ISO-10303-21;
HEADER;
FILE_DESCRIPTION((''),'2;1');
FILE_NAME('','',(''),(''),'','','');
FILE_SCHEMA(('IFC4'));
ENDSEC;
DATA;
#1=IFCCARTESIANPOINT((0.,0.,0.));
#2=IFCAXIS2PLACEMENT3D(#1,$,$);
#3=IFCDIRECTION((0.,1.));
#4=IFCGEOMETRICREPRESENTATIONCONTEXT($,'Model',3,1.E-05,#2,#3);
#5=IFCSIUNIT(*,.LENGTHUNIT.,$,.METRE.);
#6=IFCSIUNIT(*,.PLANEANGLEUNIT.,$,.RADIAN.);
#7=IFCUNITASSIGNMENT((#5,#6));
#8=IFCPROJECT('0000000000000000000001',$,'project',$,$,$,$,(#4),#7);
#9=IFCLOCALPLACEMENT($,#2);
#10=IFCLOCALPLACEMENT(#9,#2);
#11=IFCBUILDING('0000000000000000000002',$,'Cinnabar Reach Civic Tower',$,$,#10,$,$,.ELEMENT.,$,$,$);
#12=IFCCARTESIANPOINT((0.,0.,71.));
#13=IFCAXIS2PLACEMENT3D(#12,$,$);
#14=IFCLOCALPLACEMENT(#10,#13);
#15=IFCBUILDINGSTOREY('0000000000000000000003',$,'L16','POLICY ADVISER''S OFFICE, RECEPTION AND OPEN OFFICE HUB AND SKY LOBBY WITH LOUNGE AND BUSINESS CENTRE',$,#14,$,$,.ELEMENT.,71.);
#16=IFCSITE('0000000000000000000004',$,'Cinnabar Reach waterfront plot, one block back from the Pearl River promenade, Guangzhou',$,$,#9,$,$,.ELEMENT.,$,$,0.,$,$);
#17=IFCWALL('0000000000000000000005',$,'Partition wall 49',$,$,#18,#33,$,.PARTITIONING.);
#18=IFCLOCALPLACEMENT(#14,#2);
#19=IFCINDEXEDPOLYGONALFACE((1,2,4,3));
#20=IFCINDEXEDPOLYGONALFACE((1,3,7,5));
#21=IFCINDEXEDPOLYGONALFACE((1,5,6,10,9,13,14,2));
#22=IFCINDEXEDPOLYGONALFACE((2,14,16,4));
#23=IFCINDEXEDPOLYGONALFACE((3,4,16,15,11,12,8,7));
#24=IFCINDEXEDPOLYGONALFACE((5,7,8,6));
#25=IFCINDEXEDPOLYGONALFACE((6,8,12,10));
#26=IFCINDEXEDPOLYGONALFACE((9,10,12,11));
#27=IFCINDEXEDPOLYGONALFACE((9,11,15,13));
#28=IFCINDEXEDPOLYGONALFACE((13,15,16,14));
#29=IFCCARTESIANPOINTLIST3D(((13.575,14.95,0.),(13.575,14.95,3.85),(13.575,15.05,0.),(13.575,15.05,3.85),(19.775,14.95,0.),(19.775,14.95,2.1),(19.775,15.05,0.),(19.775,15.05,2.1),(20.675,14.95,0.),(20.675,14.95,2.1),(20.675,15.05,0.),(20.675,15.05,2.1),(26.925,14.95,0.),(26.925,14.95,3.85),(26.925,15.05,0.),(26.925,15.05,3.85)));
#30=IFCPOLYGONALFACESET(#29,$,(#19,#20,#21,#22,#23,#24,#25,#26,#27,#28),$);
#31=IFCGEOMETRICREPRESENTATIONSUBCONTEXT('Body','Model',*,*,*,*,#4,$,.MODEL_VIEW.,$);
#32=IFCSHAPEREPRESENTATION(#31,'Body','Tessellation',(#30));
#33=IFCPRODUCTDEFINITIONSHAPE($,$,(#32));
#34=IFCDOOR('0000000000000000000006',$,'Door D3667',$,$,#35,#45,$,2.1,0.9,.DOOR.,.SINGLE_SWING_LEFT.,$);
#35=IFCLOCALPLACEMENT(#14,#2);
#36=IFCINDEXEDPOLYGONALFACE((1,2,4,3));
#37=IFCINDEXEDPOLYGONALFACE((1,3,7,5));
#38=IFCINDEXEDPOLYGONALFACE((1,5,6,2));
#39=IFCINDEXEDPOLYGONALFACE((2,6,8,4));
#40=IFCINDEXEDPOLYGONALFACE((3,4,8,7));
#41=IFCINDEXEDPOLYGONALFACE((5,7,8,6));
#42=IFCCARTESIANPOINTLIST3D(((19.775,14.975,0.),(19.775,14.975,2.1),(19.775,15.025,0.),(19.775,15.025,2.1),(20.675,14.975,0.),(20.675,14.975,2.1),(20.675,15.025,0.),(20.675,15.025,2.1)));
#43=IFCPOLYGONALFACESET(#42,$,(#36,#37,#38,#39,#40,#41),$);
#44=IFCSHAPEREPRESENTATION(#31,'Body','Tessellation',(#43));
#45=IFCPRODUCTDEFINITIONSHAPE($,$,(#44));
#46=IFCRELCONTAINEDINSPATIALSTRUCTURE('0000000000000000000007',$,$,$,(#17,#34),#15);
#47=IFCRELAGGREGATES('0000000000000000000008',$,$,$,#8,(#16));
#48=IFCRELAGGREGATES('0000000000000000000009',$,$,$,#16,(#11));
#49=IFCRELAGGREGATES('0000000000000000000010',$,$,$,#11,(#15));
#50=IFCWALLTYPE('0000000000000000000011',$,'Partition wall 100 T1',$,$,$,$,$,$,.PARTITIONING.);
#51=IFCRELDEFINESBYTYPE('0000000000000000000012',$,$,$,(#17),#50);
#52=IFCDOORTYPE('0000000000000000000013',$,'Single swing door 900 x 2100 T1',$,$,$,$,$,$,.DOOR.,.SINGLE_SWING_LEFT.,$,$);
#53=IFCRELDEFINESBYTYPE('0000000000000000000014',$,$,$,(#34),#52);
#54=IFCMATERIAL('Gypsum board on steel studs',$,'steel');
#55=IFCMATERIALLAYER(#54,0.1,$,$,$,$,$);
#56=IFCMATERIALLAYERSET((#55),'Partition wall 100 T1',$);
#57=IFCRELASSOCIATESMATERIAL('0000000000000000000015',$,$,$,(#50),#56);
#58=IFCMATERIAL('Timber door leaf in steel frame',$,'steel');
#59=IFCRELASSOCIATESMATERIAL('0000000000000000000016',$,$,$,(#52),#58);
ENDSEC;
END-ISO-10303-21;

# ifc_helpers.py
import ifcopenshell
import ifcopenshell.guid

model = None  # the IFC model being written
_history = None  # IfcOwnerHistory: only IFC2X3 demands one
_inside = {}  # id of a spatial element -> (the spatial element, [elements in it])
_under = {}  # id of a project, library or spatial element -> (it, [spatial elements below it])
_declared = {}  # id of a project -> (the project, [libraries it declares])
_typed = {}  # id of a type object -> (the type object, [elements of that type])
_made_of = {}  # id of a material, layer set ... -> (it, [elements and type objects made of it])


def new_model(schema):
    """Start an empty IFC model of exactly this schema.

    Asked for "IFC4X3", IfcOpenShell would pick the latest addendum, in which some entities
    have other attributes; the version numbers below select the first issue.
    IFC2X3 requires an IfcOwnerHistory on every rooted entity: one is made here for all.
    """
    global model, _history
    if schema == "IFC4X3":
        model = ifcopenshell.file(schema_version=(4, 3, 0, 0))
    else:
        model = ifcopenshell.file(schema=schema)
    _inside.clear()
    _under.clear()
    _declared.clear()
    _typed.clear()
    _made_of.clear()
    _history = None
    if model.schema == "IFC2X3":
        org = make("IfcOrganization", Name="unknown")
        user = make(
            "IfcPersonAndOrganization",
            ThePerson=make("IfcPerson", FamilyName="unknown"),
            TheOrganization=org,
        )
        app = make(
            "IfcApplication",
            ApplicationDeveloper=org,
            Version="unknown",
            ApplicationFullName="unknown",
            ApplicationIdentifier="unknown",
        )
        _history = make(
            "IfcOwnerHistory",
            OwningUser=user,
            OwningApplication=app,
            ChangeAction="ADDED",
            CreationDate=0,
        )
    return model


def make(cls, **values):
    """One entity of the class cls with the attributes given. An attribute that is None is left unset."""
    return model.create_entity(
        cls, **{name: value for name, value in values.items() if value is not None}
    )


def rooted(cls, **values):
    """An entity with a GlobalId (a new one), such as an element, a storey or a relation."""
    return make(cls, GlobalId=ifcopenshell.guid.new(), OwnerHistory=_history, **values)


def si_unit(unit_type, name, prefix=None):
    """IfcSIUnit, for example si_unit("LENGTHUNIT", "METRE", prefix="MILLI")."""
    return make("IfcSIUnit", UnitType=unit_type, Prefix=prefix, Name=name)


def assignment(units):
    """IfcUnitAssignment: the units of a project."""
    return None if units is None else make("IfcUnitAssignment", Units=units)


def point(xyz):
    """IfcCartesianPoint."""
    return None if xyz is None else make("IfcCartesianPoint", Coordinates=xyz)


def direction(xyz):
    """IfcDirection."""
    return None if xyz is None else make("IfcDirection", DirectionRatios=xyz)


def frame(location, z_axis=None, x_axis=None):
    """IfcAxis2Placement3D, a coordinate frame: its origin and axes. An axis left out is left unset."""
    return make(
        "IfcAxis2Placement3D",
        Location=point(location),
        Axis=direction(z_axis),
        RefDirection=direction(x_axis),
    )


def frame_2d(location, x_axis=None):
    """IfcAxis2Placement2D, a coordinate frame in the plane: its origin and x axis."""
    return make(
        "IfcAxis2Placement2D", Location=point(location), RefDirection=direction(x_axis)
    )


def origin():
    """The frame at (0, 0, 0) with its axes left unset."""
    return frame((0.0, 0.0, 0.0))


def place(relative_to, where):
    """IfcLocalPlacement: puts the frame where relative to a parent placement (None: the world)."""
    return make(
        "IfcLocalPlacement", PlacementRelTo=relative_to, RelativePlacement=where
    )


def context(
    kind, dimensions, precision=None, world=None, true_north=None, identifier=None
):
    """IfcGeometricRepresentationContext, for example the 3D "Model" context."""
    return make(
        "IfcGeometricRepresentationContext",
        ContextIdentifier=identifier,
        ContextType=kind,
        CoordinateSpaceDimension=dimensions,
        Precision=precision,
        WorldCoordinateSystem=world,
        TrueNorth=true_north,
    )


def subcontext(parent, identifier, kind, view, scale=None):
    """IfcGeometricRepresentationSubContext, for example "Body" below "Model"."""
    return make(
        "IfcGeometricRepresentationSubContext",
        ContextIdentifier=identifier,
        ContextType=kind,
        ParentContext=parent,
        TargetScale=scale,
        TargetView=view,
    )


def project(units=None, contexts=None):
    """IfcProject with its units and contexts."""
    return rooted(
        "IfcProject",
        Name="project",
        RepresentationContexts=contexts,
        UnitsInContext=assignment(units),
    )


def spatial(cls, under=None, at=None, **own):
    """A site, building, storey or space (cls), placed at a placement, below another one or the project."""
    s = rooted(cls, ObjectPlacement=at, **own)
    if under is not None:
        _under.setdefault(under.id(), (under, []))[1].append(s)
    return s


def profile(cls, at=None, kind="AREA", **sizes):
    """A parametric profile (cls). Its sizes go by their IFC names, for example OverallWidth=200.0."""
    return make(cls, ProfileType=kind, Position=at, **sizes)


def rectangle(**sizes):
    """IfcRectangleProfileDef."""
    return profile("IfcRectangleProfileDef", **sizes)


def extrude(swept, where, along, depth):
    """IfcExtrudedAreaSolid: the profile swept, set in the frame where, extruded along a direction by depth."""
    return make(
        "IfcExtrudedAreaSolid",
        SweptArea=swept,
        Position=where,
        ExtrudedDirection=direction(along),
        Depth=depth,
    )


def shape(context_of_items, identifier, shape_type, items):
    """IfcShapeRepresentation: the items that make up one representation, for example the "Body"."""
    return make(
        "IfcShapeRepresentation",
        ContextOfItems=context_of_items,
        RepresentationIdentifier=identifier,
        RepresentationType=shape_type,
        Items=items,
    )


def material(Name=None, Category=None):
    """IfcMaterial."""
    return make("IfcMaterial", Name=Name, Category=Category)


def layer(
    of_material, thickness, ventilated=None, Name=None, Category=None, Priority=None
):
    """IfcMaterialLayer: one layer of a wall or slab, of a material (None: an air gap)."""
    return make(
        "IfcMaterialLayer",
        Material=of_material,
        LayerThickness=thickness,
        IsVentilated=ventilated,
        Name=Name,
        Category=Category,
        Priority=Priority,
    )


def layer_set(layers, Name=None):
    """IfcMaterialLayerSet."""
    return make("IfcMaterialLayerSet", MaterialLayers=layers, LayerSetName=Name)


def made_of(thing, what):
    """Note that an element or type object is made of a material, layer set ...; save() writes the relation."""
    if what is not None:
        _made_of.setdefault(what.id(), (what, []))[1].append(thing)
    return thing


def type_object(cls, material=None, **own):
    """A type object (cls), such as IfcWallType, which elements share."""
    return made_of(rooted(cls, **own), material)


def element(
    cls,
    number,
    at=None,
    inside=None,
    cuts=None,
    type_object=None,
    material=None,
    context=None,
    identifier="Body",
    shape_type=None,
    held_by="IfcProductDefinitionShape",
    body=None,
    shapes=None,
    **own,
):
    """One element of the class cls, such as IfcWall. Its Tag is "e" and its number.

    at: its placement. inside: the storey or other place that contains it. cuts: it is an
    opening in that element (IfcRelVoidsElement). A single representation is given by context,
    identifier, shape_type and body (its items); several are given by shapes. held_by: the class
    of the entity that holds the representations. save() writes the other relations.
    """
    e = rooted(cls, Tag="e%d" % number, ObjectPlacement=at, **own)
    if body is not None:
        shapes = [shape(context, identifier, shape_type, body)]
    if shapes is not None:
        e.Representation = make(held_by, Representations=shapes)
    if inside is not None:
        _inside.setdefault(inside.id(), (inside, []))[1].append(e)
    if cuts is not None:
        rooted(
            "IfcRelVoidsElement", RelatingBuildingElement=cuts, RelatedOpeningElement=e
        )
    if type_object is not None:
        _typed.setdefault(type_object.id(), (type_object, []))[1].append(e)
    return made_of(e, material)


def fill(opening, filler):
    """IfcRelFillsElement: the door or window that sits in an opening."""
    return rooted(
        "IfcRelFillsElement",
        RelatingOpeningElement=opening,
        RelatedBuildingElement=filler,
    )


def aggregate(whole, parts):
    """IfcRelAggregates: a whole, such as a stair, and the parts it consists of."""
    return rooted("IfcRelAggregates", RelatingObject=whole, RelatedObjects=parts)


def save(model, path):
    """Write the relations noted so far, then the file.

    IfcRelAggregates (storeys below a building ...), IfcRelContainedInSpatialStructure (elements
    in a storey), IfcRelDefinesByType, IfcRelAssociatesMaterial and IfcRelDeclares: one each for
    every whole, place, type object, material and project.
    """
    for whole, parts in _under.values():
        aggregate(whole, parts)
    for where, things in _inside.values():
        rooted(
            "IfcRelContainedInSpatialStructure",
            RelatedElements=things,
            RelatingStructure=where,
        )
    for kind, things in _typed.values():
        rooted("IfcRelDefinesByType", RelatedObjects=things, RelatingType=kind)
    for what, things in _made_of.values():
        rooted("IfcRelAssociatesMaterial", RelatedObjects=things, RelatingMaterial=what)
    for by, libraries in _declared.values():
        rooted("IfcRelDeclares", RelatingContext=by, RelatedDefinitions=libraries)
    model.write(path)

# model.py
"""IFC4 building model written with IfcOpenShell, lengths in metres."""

from ifc_helpers import new_model, si_unit, direction, frame, frame_2d, origin, place, context, subcontext, project, spatial, rectangle, extrude, material, layer, layer_set, type_object, element, fill, save


model = new_model("IFC4")

# Units and contexts
model_context = context("Model", 3, precision=1e-05, world=origin(), true_north=direction((0.0, 1.0)))
body_context = subcontext(model_context, "Body", "Model", "MODEL_VIEW")
ifc_project = project(units=[si_unit("LENGTHUNIT", "METRE"), si_unit("PLANEANGLEUNIT", "RADIAN")], contexts=[model_context])

# Site, building, storey
site_placement = place(None, origin())
site = spatial("IfcSite", under=ifc_project, at=site_placement, Name="Cinnabar Reach waterfront plot, one block back from the Pearl River promenade, Guangzhou", CompositionType="ELEMENT", RefElevation=0.0)
building_placement = place(site_placement, origin())
building = spatial("IfcBuilding", under=site, at=building_placement, Name="Cinnabar Reach Civic Tower", CompositionType="ELEMENT")
storey_placement = place(building_placement, frame((0.0, 0.0, 71.0)))
storey = spatial("IfcBuildingStorey", under=building, at=storey_placement, Name="L16", Description="POLICY ADVISER'S OFFICE, RECEPTION AND OPEN OFFICE HUB AND SKY LOBBY WITH LOUNGE AND BUSINESS CENTRE", CompositionType="ELEMENT", Elevation=71.0)

# Wall, opening, door
ifc_material_1 = material(Name="Timber door leaf in steel frame", Category="steel")
ifc_material_2 = material(Name="Gypsum board on steel studs", Category="steel")
ifc_layer_1 = layer(ifc_material_2, 0.1)
ifc_layer_set_1 = layer_set([ifc_layer_1], Name="Partition wall 100 T1")
wall_type_1 = type_object("IfcWallType", Name="Partition wall 100 T1", PredefinedType="PARTITIONING", material=ifc_layer_set_1)
wall_1_placement = place(storey_placement, frame((13.575, 15.0, 0.0), z_axis=(0.0, 0.0, 1.0), x_axis=(1.0, 0.0, 0.0)))
wall_1 = element("IfcWall", 1, at=wall_1_placement, inside=storey, type_object=wall_type_1, Name="Partition wall 49", PredefinedType="PARTITIONING", context=body_context, shape_type="SweptSolid", body=[
    extrude(rectangle(XDim=13.35, YDim=0.1, at=frame_2d((6.675, 0.0))), origin(), (0.0, 0.0, 1.0), 3.85),
])
opening_1_placement = place(wall_1_placement, frame((6.2, 0.0, 0.0)))
opening_1 = element("IfcOpeningElement", 2, at=opening_1_placement, cuts=wall_1, PredefinedType="OPENING", context=body_context, shape_type="SweptSolid", body=[
    extrude(rectangle(XDim=0.9, YDim=2.1, at=frame_2d((0.45, 1.05))), frame((0.0, 0.06, 0.0), z_axis=(0.0, -1.0, 0.0), x_axis=(1.0, 0.0, 0.0)), (0.0, 0.0, 1.0), 0.12),
])
door_type_1 = type_object("IfcDoorType", Name="Single swing door 900 x 2100 T1", OperationType="SINGLE_SWING_LEFT", PredefinedType="DOOR", material=ifc_material_1)
door_1_placement = place(opening_1_placement, origin())
door_1 = element("IfcDoor", 3, at=door_1_placement, inside=storey, type_object=door_type_1, Name="Door D3667", OperationType="SINGLE_SWING_LEFT", OverallHeight=2.1, OverallWidth=0.9, PredefinedType="DOOR", context=body_context, shape_type="SweptSolid", body=[
    extrude(rectangle(XDim=0.9, YDim=2.1, at=frame_2d((0.45, 1.05))), frame((0.0, 0.025, 0.0), z_axis=(0.0, -1.0, 0.0), x_axis=(1.0, 0.0, 0.0)), (0.0, 0.0, 1.0), 0.05),
])
fill(opening_1, door_1)

save(model, "model.ifc")
